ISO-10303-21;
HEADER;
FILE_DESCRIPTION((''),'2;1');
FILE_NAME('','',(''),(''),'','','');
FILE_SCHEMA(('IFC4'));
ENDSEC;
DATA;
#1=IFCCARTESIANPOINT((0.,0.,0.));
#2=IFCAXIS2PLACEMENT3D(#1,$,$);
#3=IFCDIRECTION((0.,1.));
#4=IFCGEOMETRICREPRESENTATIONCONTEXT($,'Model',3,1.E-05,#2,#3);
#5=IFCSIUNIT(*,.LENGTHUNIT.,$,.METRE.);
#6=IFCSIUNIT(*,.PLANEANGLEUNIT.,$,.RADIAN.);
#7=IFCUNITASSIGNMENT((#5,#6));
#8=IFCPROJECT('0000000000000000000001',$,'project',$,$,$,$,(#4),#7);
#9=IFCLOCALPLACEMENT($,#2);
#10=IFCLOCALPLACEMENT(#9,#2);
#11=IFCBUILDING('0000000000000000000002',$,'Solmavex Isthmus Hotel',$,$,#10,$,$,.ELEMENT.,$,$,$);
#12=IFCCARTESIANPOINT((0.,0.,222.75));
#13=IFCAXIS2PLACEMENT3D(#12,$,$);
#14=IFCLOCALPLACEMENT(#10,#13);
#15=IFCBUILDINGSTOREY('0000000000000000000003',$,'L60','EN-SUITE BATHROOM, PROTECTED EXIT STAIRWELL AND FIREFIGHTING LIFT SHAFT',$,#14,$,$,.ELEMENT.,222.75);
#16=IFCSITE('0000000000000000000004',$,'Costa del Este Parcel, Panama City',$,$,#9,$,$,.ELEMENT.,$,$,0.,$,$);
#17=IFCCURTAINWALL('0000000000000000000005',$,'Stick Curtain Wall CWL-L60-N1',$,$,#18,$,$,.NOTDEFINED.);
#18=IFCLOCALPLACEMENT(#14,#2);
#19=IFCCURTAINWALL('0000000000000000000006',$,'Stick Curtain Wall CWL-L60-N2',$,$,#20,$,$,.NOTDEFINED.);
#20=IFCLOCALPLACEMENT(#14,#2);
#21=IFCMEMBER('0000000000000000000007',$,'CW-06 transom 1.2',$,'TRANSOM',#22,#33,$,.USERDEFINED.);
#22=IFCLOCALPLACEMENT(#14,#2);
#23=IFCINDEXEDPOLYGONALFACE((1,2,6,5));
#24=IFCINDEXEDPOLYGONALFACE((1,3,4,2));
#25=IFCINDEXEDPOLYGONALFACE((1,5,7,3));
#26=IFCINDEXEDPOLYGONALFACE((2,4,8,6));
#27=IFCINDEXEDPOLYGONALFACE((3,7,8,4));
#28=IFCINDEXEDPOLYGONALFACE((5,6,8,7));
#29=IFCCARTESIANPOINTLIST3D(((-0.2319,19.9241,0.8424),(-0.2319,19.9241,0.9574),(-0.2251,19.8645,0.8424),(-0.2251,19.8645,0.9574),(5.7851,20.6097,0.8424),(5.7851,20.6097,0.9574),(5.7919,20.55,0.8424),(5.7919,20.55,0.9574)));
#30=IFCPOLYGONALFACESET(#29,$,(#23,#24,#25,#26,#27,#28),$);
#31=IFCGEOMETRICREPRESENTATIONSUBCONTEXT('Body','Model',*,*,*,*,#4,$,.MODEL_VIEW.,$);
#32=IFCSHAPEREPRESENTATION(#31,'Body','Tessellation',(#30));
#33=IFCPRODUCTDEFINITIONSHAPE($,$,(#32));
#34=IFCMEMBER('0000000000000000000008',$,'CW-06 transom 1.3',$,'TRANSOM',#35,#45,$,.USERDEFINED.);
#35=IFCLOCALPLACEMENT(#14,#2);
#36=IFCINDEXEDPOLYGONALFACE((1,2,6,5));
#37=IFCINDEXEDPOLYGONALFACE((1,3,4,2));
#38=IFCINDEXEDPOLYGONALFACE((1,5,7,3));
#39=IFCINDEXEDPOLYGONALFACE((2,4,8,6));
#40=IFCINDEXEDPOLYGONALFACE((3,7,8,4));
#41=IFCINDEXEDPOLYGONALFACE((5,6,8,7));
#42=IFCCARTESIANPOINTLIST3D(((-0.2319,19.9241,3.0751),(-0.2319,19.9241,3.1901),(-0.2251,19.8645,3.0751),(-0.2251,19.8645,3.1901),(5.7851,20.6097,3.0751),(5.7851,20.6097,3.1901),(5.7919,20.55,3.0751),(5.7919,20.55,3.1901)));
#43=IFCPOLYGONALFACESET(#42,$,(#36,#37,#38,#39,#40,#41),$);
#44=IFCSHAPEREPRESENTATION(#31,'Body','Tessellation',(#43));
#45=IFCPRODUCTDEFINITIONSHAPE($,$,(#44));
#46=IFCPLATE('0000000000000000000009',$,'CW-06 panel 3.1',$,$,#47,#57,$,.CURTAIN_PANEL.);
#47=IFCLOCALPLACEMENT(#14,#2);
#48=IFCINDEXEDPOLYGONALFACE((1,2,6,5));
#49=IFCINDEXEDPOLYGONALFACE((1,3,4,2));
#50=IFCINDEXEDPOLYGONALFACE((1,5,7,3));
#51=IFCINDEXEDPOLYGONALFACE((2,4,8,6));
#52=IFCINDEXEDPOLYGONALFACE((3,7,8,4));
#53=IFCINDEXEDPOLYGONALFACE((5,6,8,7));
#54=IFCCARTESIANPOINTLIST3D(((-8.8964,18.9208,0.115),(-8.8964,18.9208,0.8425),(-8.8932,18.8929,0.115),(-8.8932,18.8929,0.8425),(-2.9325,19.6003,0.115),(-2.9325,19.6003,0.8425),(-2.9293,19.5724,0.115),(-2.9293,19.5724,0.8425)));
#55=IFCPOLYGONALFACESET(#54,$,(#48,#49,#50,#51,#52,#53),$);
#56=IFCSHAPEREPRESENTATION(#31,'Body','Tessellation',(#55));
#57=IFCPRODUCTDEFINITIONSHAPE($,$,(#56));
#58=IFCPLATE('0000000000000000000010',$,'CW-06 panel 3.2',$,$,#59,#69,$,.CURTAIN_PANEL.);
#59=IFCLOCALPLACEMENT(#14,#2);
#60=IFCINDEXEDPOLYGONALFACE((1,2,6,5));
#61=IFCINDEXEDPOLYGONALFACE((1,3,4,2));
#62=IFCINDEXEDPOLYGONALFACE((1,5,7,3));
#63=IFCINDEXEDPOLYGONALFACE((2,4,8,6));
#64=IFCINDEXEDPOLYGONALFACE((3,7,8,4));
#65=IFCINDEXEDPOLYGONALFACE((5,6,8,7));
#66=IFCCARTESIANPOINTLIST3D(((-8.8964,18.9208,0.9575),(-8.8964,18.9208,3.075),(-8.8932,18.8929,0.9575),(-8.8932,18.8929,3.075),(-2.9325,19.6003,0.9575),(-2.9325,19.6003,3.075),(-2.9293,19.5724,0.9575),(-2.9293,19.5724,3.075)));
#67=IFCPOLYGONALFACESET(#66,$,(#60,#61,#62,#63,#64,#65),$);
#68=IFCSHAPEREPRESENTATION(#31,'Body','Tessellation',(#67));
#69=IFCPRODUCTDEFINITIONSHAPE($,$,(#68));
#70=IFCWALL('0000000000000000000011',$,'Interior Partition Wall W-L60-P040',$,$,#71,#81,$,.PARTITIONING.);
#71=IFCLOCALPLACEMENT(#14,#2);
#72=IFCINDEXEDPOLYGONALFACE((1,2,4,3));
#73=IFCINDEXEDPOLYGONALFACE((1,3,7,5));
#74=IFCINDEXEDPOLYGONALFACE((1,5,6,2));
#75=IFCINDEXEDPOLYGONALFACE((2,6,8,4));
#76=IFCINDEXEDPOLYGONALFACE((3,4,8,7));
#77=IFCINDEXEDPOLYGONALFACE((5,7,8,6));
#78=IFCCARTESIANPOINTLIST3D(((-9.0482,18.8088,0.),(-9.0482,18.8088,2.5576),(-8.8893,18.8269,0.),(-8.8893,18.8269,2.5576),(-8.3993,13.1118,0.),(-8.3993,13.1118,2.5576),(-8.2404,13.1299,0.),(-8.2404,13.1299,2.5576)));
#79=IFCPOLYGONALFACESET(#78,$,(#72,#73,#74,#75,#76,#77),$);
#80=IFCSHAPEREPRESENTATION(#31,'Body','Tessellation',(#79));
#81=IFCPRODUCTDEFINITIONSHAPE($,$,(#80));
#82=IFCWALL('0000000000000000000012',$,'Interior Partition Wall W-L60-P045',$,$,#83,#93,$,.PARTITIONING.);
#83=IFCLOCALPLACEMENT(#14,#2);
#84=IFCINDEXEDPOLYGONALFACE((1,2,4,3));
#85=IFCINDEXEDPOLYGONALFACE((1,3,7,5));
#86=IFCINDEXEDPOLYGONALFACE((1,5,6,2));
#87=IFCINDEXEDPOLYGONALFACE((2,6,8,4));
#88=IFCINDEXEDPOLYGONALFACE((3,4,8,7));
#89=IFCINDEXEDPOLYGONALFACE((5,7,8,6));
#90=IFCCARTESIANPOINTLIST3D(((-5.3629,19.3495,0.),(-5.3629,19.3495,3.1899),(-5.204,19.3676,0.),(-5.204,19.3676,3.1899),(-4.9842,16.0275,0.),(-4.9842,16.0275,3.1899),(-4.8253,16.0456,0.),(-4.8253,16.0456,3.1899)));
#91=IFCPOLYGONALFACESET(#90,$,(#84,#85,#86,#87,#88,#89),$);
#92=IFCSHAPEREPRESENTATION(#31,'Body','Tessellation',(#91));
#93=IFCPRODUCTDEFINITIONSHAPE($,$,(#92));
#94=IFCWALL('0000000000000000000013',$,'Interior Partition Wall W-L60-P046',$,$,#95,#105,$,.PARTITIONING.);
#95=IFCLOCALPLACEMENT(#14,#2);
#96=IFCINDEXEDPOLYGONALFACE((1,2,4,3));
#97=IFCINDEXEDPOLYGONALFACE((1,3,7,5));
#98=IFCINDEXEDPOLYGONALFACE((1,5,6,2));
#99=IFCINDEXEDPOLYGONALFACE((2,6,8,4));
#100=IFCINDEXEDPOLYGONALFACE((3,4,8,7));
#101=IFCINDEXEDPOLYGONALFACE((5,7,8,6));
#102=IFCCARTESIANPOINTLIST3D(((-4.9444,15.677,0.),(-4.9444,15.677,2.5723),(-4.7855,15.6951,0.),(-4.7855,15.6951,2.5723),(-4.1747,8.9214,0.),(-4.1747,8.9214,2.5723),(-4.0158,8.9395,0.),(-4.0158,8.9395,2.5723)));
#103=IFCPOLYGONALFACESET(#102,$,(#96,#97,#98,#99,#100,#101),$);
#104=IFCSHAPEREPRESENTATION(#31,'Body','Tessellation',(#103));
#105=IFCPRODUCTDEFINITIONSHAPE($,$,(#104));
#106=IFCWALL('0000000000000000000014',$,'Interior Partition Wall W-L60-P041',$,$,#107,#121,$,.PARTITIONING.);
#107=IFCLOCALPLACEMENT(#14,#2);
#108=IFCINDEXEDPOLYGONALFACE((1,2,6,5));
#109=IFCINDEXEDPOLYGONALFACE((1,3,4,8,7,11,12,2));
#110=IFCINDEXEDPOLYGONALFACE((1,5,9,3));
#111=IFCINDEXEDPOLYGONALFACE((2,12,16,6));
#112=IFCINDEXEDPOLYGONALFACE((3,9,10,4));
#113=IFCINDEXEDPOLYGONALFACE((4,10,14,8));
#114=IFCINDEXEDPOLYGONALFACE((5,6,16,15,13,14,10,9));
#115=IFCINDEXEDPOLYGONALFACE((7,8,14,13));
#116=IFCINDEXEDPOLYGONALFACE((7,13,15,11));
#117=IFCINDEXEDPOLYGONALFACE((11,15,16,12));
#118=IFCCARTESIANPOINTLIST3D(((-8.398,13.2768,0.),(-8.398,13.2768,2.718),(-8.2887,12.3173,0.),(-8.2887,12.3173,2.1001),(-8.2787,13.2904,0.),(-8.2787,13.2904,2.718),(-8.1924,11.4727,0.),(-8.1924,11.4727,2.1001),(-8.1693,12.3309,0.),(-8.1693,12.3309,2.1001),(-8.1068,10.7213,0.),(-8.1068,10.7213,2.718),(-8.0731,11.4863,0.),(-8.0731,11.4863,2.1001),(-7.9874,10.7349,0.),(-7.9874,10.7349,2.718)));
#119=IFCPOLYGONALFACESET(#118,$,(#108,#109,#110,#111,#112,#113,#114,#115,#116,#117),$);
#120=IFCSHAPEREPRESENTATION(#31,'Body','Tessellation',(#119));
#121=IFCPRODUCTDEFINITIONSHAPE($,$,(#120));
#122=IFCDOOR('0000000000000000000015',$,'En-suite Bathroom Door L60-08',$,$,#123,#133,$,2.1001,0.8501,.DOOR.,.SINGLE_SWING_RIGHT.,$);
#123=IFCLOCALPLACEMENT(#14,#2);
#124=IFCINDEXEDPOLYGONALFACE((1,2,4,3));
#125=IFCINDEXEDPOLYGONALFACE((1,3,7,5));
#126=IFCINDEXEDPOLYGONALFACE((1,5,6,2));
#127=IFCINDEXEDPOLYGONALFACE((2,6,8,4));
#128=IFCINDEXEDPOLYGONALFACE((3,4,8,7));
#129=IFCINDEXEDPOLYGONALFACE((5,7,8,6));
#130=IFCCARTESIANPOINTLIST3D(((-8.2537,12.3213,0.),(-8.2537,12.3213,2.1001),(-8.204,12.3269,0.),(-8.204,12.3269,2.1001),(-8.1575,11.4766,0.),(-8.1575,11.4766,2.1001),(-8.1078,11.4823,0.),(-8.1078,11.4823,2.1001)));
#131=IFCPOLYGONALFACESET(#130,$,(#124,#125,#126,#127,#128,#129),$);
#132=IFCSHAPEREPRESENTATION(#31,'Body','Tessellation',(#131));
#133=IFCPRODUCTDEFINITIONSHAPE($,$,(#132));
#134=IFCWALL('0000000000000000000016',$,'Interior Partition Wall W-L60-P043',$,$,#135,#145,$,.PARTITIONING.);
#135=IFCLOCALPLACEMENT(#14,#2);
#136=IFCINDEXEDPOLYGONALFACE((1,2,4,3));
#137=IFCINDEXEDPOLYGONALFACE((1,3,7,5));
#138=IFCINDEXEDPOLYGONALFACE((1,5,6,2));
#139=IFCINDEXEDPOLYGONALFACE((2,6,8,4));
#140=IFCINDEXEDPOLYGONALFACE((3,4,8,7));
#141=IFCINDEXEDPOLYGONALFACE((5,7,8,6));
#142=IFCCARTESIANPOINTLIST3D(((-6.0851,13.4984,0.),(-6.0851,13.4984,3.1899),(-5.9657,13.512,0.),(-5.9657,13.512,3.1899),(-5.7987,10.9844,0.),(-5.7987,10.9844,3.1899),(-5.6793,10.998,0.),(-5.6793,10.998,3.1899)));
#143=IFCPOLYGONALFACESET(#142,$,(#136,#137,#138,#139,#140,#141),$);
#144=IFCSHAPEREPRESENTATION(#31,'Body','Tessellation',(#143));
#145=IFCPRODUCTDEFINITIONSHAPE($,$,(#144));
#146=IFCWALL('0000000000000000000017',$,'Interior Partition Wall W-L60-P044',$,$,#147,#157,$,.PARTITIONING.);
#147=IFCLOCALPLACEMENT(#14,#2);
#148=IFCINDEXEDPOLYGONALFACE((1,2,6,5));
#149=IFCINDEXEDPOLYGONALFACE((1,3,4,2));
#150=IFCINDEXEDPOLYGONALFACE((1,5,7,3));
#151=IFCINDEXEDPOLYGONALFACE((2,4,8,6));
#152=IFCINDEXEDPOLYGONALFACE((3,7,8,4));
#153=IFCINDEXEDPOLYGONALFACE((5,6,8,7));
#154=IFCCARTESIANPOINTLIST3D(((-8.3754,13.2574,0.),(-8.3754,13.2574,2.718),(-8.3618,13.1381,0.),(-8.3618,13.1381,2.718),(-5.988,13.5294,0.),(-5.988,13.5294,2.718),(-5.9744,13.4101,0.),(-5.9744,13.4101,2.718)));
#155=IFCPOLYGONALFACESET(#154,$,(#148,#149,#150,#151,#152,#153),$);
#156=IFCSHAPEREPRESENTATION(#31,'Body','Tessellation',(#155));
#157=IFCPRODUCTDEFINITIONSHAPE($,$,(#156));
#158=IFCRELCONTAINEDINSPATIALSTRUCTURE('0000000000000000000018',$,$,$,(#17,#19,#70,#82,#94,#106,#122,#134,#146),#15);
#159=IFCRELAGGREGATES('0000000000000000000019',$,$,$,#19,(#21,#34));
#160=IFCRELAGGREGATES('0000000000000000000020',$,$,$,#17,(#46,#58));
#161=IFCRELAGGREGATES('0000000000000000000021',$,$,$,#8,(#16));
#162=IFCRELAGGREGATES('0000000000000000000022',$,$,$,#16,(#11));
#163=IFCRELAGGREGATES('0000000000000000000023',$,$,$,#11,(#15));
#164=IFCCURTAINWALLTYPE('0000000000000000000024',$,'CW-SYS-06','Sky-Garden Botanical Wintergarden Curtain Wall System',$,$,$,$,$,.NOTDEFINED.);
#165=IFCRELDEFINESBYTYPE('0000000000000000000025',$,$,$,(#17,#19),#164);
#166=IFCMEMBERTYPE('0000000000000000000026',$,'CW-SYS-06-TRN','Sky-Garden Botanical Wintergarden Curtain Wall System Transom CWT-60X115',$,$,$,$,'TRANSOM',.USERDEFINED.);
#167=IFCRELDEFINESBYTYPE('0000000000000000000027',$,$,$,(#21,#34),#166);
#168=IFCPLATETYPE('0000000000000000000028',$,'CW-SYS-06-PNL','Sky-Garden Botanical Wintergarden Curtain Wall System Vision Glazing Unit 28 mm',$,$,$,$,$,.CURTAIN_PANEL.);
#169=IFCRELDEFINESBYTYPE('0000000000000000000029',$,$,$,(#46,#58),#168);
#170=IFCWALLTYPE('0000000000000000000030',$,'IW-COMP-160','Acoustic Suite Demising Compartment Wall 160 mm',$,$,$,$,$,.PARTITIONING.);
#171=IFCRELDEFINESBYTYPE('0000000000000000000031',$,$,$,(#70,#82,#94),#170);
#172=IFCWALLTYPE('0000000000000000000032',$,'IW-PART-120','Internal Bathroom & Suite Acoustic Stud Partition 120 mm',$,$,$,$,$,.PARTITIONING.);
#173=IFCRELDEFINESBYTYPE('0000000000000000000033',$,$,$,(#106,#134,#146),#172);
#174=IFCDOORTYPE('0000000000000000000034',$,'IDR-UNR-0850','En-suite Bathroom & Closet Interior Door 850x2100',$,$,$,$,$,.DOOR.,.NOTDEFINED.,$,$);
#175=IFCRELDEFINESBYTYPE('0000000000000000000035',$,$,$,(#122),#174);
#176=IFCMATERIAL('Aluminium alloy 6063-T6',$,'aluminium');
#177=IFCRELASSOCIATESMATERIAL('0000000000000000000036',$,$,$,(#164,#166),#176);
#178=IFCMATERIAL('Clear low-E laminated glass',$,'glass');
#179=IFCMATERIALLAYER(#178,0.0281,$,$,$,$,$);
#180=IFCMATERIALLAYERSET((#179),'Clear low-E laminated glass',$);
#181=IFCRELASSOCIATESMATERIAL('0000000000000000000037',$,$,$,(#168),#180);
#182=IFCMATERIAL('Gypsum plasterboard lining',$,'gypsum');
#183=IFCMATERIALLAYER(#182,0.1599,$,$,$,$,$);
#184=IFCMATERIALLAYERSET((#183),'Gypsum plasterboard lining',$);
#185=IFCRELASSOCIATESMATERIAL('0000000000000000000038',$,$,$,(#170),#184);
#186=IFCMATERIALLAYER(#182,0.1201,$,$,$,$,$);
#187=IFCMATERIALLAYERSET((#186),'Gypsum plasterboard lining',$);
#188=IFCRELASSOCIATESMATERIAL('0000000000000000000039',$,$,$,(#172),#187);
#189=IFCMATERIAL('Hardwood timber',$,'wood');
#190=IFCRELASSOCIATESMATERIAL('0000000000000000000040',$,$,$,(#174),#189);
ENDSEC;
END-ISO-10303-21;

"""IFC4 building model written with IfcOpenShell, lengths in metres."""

from ifc_helpers import new_model, si_unit, direction, frame, frame_2d, origin, origin_2d, place, context, subcontext, project, spatial, rectangle, extrude, material, layer, layer_set, material_profile, profile_set, type_object, element, fill, aggregate, save


model = new_model("IFC4")

# Units and contexts
model_context = context("Model", 3, precision=1e-05, world=origin(), true_north=direction((0.0, 1.0)))
body_context = subcontext(model_context, "Body", "Model", "MODEL_VIEW")
ifc_project = project(units=[si_unit("LENGTHUNIT", "METRE"), si_unit("PLANEANGLEUNIT", "RADIAN")], contexts=[model_context])

# Site, building, storey
site_placement = place(None, origin())
site = spatial("IfcSite", under=ifc_project, at=site_placement, Name="Costa del Este Parcel, Panama City", CompositionType="ELEMENT", RefElevation=0.0)
building_placement = place(site_placement, origin())
building = spatial("IfcBuilding", under=site, at=building_placement, Name="Solmavex Isthmus Hotel", CompositionType="ELEMENT")
storey_placement = place(building_placement, frame((0.0, 0.0, 222.75)))
storey = spatial("IfcBuildingStorey", under=building, at=storey_placement, Name="L60", Description="EN-SUITE BATHROOM, PROTECTED EXIT STAIRWELL AND FIREFIGHTING LIFT SHAFT", CompositionType="ELEMENT", Elevation=222.75)

# Curtain wall
ifc_material_1 = material(Name="Aluminium alloy 6063-T6", Category="aluminium")
curtain_wall_type = type_object("IfcCurtainWallType", Name="CW-SYS-06", Description="Sky-Garden Botanical Wintergarden Curtain Wall System", PredefinedType="NOTDEFINED", material=ifc_material_1)
curtain_wall_1_placement = place(storey_placement, origin())
curtain_wall_1 = element("IfcCurtainWall", 1, at=curtain_wall_1_placement, inside=storey, type_object=curtain_wall_type, Name="Stick Curtain Wall CWL-L60-N1", PredefinedType="NOTDEFINED")

# Curtain wall
curtain_wall_2_placement = place(storey_placement, origin())
curtain_wall_2 = element("IfcCurtainWall", 2, at=curtain_wall_2_placement, inside=storey, type_object=curtain_wall_type, Name="Stick Curtain Wall CWL-L60-N2", PredefinedType="NOTDEFINED")

# Members
ifc_material_profile_1 = material_profile(ifc_material_1, rectangle(XDim=0.0601, YDim=0.115, at=origin_2d()), Name="CWT-60X115")
ifc_profile_set_1 = profile_set([ifc_material_profile_1], Name="Aluminium alloy 6063-T6")
member_type_1 = type_object("IfcMemberType", Name="CW-SYS-06-TRN", Description="Sky-Garden Botanical Wintergarden Curtain Wall System Transom CWT-60X115", ElementType="TRANSOM", PredefinedType="USERDEFINED", material=ifc_profile_set_1)
member_1_placement = place(storey_placement, frame((-0.2285, 19.8943, 0.8999), z_axis=(0.993572, 0.113201, 0.0), x_axis=(-0.113201, 0.993572, 0.0)))
member_1 = element("IfcMember", 3, at=member_1_placement, type_object=member_type_1, Name="CW-06 transom 1.2", ObjectType="TRANSOM", PredefinedType="USERDEFINED", context=body_context, shape_type="SweptSolid", body=[
    extrude(rectangle(XDim=0.0601, YDim=0.115, at=origin_2d()), origin(), (0.0, 0.0, 1.0), 6.0559),
])
member_2_placement = place(storey_placement, frame((-0.2285, 19.8943, 3.1326), z_axis=(0.993572, 0.113201, 0.0), x_axis=(-0.113201, 0.993572, 0.0)))
member_2 = element("IfcMember", 4, at=member_2_placement, type_object=member_type_1, Name="CW-06 transom 1.3", ObjectType="TRANSOM", PredefinedType="USERDEFINED", context=body_context, shape_type="SweptSolid", body=[
    extrude(rectangle(XDim=0.0601, YDim=0.115, at=origin_2d()), origin(), (0.0, 0.0, 1.0), 6.0559),
])
aggregate(curtain_wall_2, [member_1, member_2])

# Plates
ifc_material_2 = material(Name="Clear low-E laminated glass", Category="glass")
ifc_layer_1 = layer(ifc_material_2, 0.0281)
ifc_layer_set_1 = layer_set([ifc_layer_1], Name="Clear low-E laminated glass")
plate_type = type_object("IfcPlateType", Name="CW-SYS-06-PNL", Description="Sky-Garden Botanical Wintergarden Curtain Wall System Vision Glazing Unit 28 mm", PredefinedType="CURTAIN_PANEL", material=ifc_layer_set_1)
plate_1_placement = place(storey_placement, frame((-5.9128, 19.2466, 0.115), z_axis=(0.0, 0.0, 1.0), x_axis=(0.993572, 0.113203, 0.0)))
plate_1 = element("IfcPlate", 5, at=plate_1_placement, type_object=plate_type, Name="CW-06 panel 3.1", PredefinedType="CURTAIN_PANEL", context=body_context, shape_type="SweptSolid", body=[
    extrude(rectangle(XDim=6.0024, YDim=0.0281, at=origin_2d()), origin(), (0.0, 0.0, 1.0), 0.7275),
])
plate_2_placement = place(storey_placement, frame((-5.9128, 19.2466, 0.9575), z_axis=(0.0, 0.0, 1.0), x_axis=(0.993572, 0.113203, 0.0)))
plate_2 = element("IfcPlate", 6, at=plate_2_placement, type_object=plate_type, Name="CW-06 panel 3.2", PredefinedType="CURTAIN_PANEL", context=body_context, shape_type="SweptSolid", body=[
    extrude(rectangle(XDim=6.0024, YDim=0.0281, at=origin_2d()), origin(), (0.0, 0.0, 1.0), 2.1174),
])
aggregate(curtain_wall_1, [plate_1, plate_2])

# Shared definitions
ifc_material_3 = material(Name="Gypsum plasterboard lining", Category="gypsum")
ifc_layer_2 = layer(ifc_material_3, 0.1599)
ifc_layer_set_2 = layer_set([ifc_layer_2], Name="Gypsum plasterboard lining")
wall_type_1 = type_object("IfcWallType", Name="IW-COMP-160", Description="Acoustic Suite Demising Compartment Wall 160 mm", PredefinedType="PARTITIONING", material=ifc_layer_set_2)
ifc_material_4 = material(Name="Hardwood timber", Category="wood")

# Walls
wall_1_placement = place(storey_placement, frame((-8.9688, 18.8179, 0.0), z_axis=(0.0, 0.0, 1.0), x_axis=(0.113174, -0.993575, 0.0)))
element("IfcWall", 7, at=wall_1_placement, inside=storey, type_object=wall_type_1, Name="Interior Partition Wall W-L60-P040", PredefinedType="PARTITIONING", context=body_context, shape_type="SweptSolid", body=[
    extrude(rectangle(XDim=5.7339, YDim=0.1599, at=frame_2d((2.8669, 0.0))), origin(), (0.0, 0.0, 1.0), 2.5576),
])
wall_2_placement = place(storey_placement, frame((-5.2834, 19.3586, 0.0), z_axis=(0.0, 0.0, 1.0), x_axis=(0.113252, -0.993566, 0.0)))
element("IfcWall", 8, at=wall_2_placement, inside=storey, type_object=wall_type_1, Name="Interior Partition Wall W-L60-P045", PredefinedType="PARTITIONING", context=body_context, shape_type="SweptSolid", body=[
    extrude(rectangle(XDim=3.3435, YDim=0.1599, at=frame_2d((1.6719, 0.0))), origin(), (0.0, 0.0, 1.0), 3.1899),
])
wall_3_placement = place(storey_placement, frame((-4.865, 15.686, 0.0), z_axis=(0.0, 0.0, 1.0), x_axis=(0.113213, -0.993571, 0.0)))
element("IfcWall", 9, at=wall_3_placement, inside=storey, type_object=wall_type_1, Name="Interior Partition Wall W-L60-P046", PredefinedType="PARTITIONING", context=body_context, shape_type="SweptSolid", body=[
    extrude(rectangle(XDim=6.7993, YDim=0.1599, at=frame_2d((3.3997, 0.0))), origin(), (0.0, 0.0, 1.0), 2.5723),
])

# Wall, opening, door
ifc_layer_3 = layer(ifc_material_3, 0.1201)
ifc_layer_set_3 = layer_set([ifc_layer_3], Name="Gypsum plasterboard lining")
wall_type_2 = type_object("IfcWallType", Name="IW-PART-120", Description="Internal Bathroom & Suite Acoustic Stud Partition 120 mm", PredefinedType="PARTITIONING", material=ifc_layer_set_3)
wall_4_placement = place(storey_placement, frame((-8.3384, 13.2837, 0.0), z_axis=(0.0, 0.0, 1.0), x_axis=(0.113244, -0.993567, 0.0)))
wall_4 = element("IfcWall", 10, at=wall_4_placement, inside=storey, type_object=wall_type_2, Name="Interior Partition Wall W-L60-P041", PredefinedType="PARTITIONING", context=body_context, shape_type="SweptSolid", body=[
    extrude(rectangle(XDim=2.572, YDim=0.1201, at=frame_2d((1.2861, 0.0))), origin(), (0.0, 0.0, 1.0), 2.718),
])
opening_1_placement = place(wall_4_placement, frame((0.9658, 0.0, 0.0)))
opening_1 = element("IfcOpeningElement", 11, at=opening_1_placement, cuts=wall_4, PredefinedType="OPENING", context=body_context, shape_type="SweptSolid", body=[
    extrude(rectangle(XDim=0.8501, YDim=2.1001, at=frame_2d((0.425, 1.05))), frame((0.0, 0.0701, 0.0), z_axis=(0.0, -1.0, 0.0), x_axis=(1.0, 0.0, 0.0)), (0.0, 0.0, 1.0), 0.1401),
])
door_type_1 = type_object("IfcDoorType", Name="IDR-UNR-0850", Description="En-suite Bathroom & Closet Interior Door 850x2100", OperationType="NOTDEFINED", PredefinedType="DOOR", material=ifc_material_4)
door_1_placement = place(opening_1_placement, frame((0.8501, 0.0, 0.0), z_axis=(0.0, 0.0, 1.0), x_axis=(-1.0, 0.0, 0.0)))
door_1 = element("IfcDoor", 12, at=door_1_placement, inside=storey, type_object=door_type_1, Name="En-suite Bathroom Door L60-08", OperationType="SINGLE_SWING_RIGHT", OverallHeight=2.1001, OverallWidth=0.8501, PredefinedType="DOOR", context=body_context, shape_type="SweptSolid", body=[
    extrude(rectangle(XDim=0.8501, YDim=2.1001, at=frame_2d((0.425, 1.05))), frame((0.0, 0.0249, 0.0), z_axis=(0.0, -1.0, 0.0), x_axis=(1.0, 0.0, 0.0)), (0.0, 0.0, 1.0), 0.05),
])
fill(opening_1, door_1)

# Walls
wall_5_placement = place(storey_placement, frame((-5.739, 10.9912, 0.0), z_axis=(0.0, 0.0, 1.0), x_axis=(-0.113185, 0.993574, 0.0)))
element("IfcWall", 13, at=wall_5_placement, inside=storey, type_object=wall_type_2, Name="Interior Partition Wall W-L60-P043", PredefinedType="PARTITIONING", context=body_context, shape_type="SweptSolid", body=[
    extrude(rectangle(XDim=2.5303, YDim=0.1201, at=frame_2d((1.2651, 0.0))), origin(), (0.0, 0.0, 1.0), 3.1899),
])
wall_6_placement = place(storey_placement, frame((-5.9812, 13.4697, 0.0), z_axis=(0.0, 0.0, 1.0), x_axis=(-0.993574, -0.113186, 0.0)))
element("IfcWall", 14, at=wall_6_placement, inside=storey, type_object=wall_type_2, Name="Interior Partition Wall W-L60-P044", PredefinedType="PARTITIONING", context=body_context, shape_type="SweptSolid", body=[
    extrude(rectangle(XDim=2.4028, YDim=0.1201, at=frame_2d((1.2014, 0.0))), origin(), (0.0, 0.0, 1.0), 2.718),
])

save(model, "model.ifc")
